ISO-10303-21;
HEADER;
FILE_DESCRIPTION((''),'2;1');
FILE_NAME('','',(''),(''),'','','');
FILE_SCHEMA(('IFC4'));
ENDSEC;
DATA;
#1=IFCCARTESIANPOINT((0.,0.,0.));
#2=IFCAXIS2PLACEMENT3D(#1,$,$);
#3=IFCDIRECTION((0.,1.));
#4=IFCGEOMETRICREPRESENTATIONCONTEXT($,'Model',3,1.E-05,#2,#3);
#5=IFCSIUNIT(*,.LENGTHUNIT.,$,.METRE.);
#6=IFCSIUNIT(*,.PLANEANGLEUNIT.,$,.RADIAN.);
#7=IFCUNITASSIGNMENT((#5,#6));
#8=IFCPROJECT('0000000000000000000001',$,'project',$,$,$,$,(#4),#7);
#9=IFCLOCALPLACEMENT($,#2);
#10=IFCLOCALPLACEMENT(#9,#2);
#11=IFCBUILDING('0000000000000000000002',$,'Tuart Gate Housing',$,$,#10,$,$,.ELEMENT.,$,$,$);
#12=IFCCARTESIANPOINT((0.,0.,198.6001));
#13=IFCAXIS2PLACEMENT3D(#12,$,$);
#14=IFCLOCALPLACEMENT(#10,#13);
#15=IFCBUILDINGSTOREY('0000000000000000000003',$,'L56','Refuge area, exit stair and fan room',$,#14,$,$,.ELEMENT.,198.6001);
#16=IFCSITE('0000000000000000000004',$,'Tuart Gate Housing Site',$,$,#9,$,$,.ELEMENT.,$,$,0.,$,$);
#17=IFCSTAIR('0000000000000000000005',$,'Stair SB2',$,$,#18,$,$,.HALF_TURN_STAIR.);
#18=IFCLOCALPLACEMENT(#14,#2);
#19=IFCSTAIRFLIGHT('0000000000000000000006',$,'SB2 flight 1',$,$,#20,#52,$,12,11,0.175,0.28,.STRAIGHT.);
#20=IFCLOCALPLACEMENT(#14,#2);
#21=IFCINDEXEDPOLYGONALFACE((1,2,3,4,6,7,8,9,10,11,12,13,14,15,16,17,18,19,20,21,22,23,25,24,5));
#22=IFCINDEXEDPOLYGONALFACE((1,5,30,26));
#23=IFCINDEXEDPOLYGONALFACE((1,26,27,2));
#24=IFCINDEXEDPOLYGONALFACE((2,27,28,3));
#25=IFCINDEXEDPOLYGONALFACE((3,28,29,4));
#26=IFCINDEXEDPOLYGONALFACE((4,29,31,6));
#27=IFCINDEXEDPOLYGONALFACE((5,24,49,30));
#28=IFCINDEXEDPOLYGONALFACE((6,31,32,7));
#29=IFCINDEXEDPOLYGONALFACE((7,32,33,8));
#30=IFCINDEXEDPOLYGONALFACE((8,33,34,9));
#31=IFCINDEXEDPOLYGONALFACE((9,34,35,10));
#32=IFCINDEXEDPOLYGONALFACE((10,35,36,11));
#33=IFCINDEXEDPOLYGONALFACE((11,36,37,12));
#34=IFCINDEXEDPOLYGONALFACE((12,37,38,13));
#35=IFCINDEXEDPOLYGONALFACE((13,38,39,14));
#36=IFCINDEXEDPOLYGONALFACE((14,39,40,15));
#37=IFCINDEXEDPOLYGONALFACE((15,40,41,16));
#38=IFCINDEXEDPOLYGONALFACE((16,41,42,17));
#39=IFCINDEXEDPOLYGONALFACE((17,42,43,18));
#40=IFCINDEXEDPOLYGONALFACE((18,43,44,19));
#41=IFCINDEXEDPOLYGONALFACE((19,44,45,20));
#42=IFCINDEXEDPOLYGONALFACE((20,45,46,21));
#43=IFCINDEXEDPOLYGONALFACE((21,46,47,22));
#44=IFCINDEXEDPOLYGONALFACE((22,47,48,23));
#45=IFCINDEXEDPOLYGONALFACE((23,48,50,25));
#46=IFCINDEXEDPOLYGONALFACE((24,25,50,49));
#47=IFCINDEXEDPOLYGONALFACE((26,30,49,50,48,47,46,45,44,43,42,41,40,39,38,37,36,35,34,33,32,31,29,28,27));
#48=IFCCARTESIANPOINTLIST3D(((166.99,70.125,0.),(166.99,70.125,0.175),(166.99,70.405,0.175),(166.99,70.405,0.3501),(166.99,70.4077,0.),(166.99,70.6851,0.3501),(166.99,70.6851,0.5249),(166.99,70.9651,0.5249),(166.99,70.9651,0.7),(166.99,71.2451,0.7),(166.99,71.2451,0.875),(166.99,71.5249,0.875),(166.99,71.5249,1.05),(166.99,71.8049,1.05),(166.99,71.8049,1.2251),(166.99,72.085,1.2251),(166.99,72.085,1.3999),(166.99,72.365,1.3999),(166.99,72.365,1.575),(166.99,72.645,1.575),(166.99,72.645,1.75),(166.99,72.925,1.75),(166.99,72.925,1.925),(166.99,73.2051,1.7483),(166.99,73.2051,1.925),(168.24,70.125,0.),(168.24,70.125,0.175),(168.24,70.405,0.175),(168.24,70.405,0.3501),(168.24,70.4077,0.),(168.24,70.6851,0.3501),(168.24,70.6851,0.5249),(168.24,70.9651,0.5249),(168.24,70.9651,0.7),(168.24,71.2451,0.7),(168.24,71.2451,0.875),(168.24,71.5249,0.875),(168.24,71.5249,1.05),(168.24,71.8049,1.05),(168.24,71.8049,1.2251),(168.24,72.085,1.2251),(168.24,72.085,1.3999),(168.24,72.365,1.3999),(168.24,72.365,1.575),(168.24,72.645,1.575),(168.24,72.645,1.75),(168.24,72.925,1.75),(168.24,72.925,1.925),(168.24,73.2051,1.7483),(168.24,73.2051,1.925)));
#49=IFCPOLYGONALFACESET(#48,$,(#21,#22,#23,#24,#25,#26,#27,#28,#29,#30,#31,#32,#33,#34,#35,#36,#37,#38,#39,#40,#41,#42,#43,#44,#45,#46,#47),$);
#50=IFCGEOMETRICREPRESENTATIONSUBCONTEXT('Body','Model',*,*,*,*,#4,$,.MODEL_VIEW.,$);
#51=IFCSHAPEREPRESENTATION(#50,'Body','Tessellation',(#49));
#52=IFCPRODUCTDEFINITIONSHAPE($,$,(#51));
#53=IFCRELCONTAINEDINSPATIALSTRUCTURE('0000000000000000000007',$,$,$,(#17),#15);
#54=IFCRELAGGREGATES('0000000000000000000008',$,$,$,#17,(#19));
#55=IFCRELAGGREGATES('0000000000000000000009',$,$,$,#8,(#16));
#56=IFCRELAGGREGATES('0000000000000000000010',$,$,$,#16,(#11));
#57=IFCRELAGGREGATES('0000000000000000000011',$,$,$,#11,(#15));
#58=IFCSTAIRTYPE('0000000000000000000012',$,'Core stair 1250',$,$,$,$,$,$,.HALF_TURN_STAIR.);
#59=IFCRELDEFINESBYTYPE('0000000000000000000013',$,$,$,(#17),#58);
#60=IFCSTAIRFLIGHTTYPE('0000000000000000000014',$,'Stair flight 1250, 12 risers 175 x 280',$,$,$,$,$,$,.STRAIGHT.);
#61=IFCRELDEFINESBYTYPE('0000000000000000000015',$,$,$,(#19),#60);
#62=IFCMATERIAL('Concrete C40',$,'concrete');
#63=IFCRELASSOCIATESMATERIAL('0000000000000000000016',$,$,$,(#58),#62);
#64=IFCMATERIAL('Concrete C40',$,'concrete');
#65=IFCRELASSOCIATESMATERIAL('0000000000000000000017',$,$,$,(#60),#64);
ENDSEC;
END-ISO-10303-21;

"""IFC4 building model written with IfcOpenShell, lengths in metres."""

from ifc_helpers import new_model, si_unit, direction, frame, origin, place, context, subcontext, project, spatial, polyline, outline, extrude, material, type_object, element, aggregate, save


model = new_model("IFC4")

# Units and contexts
model_context = context("Model", 3, precision=1e-05, world=origin(), true_north=direction((0.0, 1.0)))
body_context = subcontext(model_context, "Body", "Model", "MODEL_VIEW")
ifc_project = project(units=[si_unit("LENGTHUNIT", "METRE"), si_unit("PLANEANGLEUNIT", "RADIAN")], contexts=[model_context])

# Site, building, storey
site_placement = place(None, origin())
site = spatial("IfcSite", under=ifc_project, at=site_placement, Name="Tuart Gate Housing Site", CompositionType="ELEMENT", RefElevation=0.0)
building_placement = place(site_placement, origin())
building = spatial("IfcBuilding", under=site, at=building_placement, Name="Tuart Gate Housing", CompositionType="ELEMENT")
storey_placement = place(building_placement, frame((0.0, 0.0, 198.6001)))
storey = spatial("IfcBuildingStorey", under=building, at=storey_placement, Name="L56", Description="Refuge area, exit stair and fan room", CompositionType="ELEMENT", Elevation=198.6001)

# Stair, stair flight
ifc_material_1 = material(Name="Concrete C40", Category="concrete")
stair_type = type_object("IfcStairType", Name="Core stair 1250", PredefinedType="HALF_TURN_STAIR", material=ifc_material_1)
stair_placement = place(storey_placement, origin())
stair = element("IfcStair", 1, at=stair_placement, inside=storey, type_object=stair_type, Name="Stair SB2", PredefinedType="HALF_TURN_STAIR")
ifc_material_2 = material(Name="Concrete C40", Category="concrete")
stair_flight_type = type_object("IfcStairFlightType", Name="Stair flight 1250, 12 risers 175 x 280", PredefinedType="STRAIGHT", material=ifc_material_2)
stair_flight_placement = place(storey_placement, frame((167.615, 70.125, 0.0), z_axis=(0.0, 0.0, 1.0), x_axis=(0.0, 1.0, 0.0)))
stair_flight = element("IfcStairFlight", 2, at=stair_flight_placement, type_object=stair_flight_type, Name="SB2 flight 1", NumberOfRisers=12, NumberOfTreads=11, PredefinedType="STRAIGHT", RiserHeight=0.175, TreadLength=0.28, context=body_context, shape_type="SweptSolid", body=[
    extrude(outline(polyline([(0.0, 0.0), (0.0, 0.175), (0.28, 0.175), (0.28, 0.3501), (0.5601, 0.3501), (0.5601, 0.5249), (0.8401, 0.5249), (0.8401, 0.7), (1.1201, 0.7), (1.1201, 0.875), (1.3999, 0.875), (1.3999, 1.05), (1.6799, 1.05), (1.6799, 1.2251), (1.96, 1.2251), (1.96, 1.3999), (2.24, 1.3999), (2.24, 1.575), (2.52, 1.575), (2.52, 1.75), (2.8, 1.75), (2.8, 1.925), (3.0801, 1.925), (3.0801, 2.1001), (3.0801, 1.7483), (0.2827, 0.0), (0.0, 0.0)])), frame((0.0, 0.625, 0.0), z_axis=(0.0, -1.0, 0.0), x_axis=(1.0, 0.0, 0.0)), (0.0, 0.0, 1.0), 1.25),
])
aggregate(stair, [stair_flight])

save(model, "model.ifc")
